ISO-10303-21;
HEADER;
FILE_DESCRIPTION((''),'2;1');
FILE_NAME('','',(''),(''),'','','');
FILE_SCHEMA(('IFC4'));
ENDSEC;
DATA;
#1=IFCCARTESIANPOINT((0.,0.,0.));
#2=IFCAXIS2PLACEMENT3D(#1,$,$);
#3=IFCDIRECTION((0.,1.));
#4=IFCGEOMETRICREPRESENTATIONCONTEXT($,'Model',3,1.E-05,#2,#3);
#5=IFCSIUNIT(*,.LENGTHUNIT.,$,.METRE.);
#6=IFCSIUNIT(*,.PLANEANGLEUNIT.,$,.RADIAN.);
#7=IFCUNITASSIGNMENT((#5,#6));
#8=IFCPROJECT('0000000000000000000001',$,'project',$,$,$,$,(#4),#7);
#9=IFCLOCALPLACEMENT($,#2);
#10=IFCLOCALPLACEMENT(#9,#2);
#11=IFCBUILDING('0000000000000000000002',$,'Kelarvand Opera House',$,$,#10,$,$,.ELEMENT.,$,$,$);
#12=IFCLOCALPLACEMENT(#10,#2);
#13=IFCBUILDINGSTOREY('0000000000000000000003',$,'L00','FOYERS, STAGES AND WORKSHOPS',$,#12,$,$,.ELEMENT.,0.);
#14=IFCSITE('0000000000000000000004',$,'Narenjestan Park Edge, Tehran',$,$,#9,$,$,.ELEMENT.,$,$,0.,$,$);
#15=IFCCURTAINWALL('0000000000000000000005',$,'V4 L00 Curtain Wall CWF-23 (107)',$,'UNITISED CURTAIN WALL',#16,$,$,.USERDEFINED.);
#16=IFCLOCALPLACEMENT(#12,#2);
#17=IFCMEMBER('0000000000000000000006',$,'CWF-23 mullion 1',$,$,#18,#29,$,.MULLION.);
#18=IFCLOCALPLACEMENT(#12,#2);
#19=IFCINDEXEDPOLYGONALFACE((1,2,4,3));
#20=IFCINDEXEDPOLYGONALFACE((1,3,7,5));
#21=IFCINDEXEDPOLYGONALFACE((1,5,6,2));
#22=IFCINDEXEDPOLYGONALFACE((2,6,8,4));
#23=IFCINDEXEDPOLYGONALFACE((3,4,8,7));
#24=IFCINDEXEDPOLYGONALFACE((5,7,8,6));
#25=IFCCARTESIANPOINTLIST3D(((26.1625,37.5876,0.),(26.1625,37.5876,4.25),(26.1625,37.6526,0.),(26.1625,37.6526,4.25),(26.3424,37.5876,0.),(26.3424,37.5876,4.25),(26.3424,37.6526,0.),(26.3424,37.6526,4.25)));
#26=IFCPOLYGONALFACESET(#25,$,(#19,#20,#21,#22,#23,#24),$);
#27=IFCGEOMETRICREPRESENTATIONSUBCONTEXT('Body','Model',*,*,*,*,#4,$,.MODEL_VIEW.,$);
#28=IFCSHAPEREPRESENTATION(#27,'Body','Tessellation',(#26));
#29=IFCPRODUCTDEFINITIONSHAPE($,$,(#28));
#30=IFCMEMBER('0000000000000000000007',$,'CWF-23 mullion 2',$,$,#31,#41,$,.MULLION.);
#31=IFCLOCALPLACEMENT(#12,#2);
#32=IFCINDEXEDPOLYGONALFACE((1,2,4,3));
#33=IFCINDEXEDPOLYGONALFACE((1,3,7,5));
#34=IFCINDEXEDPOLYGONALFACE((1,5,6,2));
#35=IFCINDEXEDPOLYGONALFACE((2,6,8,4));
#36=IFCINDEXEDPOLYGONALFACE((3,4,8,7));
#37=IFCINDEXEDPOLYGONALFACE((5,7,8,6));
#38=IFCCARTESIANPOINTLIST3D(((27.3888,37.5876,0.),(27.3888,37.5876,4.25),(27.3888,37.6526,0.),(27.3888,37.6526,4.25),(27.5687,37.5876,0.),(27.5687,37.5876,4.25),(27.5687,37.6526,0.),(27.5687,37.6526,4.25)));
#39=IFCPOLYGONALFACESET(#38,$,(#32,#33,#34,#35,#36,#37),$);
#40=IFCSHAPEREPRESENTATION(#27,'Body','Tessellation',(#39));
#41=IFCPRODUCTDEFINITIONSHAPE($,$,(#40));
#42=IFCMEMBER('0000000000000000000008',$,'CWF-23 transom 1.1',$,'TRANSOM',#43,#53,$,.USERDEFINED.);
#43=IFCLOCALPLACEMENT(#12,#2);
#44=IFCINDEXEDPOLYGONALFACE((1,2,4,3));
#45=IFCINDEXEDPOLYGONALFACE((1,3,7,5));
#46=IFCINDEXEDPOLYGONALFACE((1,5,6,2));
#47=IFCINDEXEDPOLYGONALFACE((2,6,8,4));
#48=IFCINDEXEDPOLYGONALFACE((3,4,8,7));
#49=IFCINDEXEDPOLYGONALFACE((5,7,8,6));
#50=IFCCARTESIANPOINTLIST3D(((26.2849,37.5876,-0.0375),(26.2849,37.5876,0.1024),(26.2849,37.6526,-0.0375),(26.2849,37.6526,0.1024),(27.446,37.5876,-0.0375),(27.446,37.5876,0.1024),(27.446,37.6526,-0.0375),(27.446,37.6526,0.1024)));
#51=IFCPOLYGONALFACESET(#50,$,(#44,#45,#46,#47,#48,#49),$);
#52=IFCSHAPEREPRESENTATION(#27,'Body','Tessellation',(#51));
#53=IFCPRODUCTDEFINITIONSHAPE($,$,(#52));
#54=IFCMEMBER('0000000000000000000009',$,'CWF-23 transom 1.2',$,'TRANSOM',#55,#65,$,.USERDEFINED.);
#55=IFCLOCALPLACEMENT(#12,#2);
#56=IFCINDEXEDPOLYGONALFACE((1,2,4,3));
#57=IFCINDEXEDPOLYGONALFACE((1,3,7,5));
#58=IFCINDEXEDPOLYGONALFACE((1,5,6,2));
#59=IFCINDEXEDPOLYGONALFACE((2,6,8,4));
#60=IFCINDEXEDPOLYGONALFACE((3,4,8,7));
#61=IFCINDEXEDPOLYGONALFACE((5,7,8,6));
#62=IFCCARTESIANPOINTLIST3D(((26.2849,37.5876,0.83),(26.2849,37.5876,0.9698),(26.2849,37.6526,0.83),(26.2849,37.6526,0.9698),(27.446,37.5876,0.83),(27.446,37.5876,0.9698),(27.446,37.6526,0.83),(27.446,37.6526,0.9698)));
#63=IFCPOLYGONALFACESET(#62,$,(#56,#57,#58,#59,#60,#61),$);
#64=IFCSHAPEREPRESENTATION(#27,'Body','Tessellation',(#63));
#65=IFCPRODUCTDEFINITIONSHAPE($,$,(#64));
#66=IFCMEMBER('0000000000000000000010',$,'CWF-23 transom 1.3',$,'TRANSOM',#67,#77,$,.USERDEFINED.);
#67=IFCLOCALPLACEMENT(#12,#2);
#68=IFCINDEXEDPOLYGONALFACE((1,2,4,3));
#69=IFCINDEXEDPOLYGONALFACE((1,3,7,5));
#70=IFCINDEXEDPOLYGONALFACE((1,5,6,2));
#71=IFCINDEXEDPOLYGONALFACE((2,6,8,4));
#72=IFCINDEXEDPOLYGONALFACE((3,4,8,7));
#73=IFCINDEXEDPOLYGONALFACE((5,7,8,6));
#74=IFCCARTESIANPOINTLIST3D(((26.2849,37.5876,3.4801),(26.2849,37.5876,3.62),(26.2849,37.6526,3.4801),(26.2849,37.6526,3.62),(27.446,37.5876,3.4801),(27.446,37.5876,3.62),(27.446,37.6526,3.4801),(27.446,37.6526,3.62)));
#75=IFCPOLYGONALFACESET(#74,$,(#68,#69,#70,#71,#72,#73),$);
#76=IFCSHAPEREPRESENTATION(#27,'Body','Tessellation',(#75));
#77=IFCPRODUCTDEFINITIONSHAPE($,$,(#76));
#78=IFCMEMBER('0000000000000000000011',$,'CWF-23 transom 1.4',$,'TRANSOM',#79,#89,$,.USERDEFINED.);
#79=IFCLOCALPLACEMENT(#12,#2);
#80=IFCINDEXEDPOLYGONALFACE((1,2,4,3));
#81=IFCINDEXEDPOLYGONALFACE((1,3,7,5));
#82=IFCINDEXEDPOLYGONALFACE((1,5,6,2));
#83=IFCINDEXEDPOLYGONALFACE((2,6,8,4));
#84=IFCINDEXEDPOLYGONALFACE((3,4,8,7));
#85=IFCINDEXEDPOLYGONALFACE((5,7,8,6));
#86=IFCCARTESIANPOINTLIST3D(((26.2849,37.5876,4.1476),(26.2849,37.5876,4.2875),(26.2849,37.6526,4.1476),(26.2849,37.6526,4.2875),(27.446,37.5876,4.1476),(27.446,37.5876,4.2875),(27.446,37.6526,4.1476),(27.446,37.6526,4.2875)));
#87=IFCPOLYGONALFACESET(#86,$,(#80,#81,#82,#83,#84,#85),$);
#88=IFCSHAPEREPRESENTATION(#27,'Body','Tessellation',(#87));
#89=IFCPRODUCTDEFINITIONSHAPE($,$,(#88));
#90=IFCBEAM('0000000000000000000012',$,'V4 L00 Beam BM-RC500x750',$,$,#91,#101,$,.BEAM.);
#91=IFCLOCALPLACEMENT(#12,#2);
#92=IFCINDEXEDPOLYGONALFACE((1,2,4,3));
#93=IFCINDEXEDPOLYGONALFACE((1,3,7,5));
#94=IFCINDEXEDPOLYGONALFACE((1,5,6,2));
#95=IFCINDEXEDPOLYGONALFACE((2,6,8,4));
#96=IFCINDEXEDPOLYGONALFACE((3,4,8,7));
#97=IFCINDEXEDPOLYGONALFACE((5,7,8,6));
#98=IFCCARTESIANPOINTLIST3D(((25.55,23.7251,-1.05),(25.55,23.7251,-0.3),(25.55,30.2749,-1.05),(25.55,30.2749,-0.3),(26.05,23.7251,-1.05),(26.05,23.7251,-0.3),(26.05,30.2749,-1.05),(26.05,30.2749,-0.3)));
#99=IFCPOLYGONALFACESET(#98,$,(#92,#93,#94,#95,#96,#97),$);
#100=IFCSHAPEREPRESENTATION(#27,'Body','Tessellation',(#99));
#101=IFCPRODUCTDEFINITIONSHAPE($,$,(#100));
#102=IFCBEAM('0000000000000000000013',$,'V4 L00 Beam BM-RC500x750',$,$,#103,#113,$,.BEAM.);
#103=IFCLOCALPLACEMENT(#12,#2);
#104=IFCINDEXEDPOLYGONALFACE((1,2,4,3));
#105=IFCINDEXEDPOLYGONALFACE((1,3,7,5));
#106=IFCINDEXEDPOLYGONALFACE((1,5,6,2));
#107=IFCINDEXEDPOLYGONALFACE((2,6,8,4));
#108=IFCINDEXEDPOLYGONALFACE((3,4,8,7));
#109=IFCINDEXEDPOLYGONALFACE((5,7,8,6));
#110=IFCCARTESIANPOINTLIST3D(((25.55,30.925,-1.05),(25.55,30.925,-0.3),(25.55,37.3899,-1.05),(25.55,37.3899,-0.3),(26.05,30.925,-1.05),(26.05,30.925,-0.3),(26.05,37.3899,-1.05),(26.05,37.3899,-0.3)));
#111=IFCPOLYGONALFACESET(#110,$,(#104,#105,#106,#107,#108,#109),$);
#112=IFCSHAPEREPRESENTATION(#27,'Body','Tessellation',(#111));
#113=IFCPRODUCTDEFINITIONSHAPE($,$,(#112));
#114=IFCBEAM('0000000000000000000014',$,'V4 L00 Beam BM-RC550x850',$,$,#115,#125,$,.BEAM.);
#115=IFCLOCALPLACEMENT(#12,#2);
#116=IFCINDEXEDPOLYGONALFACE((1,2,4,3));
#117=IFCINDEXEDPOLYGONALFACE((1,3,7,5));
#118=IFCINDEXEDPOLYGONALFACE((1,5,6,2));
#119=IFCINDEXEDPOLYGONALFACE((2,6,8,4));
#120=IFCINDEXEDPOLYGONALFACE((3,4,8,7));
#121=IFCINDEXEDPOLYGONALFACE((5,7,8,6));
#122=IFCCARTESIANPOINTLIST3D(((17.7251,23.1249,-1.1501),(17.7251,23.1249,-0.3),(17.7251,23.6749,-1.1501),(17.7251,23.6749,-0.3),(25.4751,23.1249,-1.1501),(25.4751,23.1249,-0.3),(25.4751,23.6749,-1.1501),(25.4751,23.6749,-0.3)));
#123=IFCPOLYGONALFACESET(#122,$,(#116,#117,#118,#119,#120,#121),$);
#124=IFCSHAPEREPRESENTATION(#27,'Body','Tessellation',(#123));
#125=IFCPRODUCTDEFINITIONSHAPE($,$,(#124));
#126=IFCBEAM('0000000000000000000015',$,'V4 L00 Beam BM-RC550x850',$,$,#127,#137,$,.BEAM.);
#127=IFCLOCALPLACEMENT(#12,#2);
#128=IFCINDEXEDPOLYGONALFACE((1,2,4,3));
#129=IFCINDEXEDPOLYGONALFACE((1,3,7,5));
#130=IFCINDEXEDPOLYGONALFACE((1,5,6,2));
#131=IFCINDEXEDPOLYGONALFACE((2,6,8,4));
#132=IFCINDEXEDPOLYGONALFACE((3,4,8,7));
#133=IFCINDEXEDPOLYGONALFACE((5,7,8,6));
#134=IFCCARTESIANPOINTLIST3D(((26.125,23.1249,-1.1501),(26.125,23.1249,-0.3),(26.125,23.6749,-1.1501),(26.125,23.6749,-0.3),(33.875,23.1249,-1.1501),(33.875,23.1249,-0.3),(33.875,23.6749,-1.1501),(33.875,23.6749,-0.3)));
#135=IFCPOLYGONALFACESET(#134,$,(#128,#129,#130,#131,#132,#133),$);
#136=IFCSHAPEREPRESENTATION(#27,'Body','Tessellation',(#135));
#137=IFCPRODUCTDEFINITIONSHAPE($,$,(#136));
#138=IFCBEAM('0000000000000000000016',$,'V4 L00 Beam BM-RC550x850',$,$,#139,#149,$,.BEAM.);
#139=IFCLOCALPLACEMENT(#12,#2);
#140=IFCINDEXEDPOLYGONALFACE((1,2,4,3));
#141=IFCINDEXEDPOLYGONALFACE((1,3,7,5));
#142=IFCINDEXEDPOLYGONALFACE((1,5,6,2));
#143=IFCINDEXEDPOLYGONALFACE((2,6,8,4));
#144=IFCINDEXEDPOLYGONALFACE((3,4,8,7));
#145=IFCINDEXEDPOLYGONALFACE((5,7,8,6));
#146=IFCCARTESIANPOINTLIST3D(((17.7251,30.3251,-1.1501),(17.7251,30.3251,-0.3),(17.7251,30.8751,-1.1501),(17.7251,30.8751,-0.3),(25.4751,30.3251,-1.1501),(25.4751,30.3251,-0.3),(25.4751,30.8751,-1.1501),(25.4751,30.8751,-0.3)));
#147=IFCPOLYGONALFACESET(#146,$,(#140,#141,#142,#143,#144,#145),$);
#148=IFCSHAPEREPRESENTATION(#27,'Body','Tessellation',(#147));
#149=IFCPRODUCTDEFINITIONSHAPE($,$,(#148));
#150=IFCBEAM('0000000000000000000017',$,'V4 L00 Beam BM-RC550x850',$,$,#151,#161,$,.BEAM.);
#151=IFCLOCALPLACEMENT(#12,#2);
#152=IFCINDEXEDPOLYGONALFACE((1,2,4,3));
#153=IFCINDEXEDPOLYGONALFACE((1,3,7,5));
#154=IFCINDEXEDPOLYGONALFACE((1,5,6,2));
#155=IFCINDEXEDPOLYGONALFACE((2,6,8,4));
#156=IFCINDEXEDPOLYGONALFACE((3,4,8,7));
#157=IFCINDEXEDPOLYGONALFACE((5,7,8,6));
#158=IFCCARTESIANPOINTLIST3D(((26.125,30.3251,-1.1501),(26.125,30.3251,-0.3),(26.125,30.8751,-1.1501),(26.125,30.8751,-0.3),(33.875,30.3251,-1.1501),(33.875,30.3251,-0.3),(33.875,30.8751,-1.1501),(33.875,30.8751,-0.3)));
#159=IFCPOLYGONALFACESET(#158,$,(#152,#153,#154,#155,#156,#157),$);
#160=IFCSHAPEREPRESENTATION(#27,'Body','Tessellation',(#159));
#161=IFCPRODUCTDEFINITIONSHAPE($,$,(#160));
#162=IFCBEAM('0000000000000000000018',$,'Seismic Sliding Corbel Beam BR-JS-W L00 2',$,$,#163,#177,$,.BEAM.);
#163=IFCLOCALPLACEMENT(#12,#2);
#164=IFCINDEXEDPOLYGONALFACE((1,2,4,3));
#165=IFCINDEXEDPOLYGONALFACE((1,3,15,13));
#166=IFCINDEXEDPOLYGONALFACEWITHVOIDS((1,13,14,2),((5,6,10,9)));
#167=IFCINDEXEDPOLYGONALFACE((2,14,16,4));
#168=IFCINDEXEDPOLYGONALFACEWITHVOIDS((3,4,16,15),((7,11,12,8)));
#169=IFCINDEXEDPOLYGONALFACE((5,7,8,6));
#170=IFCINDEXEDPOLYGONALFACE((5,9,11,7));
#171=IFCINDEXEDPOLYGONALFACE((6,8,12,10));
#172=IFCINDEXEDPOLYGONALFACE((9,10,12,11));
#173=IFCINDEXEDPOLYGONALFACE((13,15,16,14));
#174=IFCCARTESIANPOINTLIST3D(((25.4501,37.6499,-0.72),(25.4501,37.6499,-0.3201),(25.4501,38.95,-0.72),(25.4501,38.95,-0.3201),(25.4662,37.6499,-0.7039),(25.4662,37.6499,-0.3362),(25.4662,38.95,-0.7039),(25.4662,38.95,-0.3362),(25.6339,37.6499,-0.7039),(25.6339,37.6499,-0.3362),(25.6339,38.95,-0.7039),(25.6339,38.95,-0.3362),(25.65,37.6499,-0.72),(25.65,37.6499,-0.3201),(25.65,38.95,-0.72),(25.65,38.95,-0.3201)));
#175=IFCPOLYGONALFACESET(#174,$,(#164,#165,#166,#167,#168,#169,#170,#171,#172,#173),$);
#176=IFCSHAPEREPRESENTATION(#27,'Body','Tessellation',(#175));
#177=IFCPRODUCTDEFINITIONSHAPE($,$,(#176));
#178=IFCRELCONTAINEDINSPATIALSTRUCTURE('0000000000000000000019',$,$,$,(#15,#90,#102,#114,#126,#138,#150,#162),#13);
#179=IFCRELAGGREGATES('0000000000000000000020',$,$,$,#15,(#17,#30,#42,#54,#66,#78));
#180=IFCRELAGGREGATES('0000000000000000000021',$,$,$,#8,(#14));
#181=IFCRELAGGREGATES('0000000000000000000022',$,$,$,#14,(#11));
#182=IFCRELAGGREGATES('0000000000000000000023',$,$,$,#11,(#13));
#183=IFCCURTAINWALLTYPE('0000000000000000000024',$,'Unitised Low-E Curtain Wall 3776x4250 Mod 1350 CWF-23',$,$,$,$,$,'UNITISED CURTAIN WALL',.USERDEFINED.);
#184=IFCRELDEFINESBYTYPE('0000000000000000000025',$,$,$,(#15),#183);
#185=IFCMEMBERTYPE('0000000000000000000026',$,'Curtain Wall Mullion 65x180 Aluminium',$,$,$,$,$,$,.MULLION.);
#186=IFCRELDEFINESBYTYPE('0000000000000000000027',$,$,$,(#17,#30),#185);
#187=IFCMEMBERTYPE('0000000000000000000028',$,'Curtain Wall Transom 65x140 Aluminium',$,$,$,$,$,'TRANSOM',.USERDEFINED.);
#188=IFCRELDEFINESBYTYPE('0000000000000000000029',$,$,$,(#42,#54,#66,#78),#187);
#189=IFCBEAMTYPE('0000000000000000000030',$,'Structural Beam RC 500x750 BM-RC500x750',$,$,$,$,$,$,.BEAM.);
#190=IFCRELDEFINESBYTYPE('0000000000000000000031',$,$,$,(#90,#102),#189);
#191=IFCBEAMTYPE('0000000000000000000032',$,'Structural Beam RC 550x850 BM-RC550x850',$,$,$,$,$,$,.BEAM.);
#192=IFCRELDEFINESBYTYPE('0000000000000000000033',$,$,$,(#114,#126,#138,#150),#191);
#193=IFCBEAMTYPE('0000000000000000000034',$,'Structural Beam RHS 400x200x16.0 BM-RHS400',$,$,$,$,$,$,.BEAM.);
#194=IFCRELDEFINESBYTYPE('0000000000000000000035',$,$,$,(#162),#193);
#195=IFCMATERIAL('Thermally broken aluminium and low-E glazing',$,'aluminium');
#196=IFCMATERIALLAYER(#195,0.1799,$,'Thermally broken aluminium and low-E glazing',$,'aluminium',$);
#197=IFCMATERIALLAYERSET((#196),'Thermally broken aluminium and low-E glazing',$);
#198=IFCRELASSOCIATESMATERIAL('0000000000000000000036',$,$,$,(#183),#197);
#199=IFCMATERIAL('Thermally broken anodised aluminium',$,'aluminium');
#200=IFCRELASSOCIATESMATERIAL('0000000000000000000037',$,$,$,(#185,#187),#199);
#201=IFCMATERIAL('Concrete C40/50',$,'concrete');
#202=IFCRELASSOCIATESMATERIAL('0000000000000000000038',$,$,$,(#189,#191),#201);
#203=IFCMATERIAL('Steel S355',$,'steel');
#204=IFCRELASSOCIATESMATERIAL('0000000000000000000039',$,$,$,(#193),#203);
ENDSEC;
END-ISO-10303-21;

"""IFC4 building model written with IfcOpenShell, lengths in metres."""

from ifc_helpers import new_model, si_unit, direction, frame, origin, origin_2d, place, context, subcontext, project, spatial, rectangle, hollow_rectangle, extrude, material, layer, layer_set, material_profile, profile_set, type_object, element, aggregate, save


model = new_model("IFC4")

# Units and contexts
model_context = context("Model", 3, precision=1e-05, world=origin(), true_north=direction((0.0, 1.0)))
body_context = subcontext(model_context, "Body", "Model", "MODEL_VIEW")
ifc_project = project(units=[si_unit("LENGTHUNIT", "METRE"), si_unit("PLANEANGLEUNIT", "RADIAN")], contexts=[model_context])

# Site, building, storey
site_placement = place(None, origin())
site = spatial("IfcSite", under=ifc_project, at=site_placement, Name="Narenjestan Park Edge, Tehran", CompositionType="ELEMENT", RefElevation=0.0)
building_placement = place(site_placement, origin())
building = spatial("IfcBuilding", under=site, at=building_placement, Name="Kelarvand Opera House", CompositionType="ELEMENT")
storey_placement = place(building_placement, origin())
storey = spatial("IfcBuildingStorey", under=building, at=storey_placement, Name="L00", Description="FOYERS, STAGES AND WORKSHOPS", CompositionType="ELEMENT", Elevation=0.0)

# Curtain wall, members
ifc_material_1 = material(Name="Thermally broken aluminium and low-E glazing", Category="aluminium")
ifc_layer_1 = layer(ifc_material_1, 0.1799, Name="Thermally broken aluminium and low-E glazing", Category="aluminium")
ifc_layer_set_1 = layer_set([ifc_layer_1], Name="Thermally broken aluminium and low-E glazing")
curtain_wall_type = type_object("IfcCurtainWallType", Name="Unitised Low-E Curtain Wall 3776x4250 Mod 1350 CWF-23", ElementType="UNITISED CURTAIN WALL", PredefinedType="USERDEFINED", material=ifc_layer_set_1)
curtain_wall_placement = place(storey_placement, origin())
curtain_wall = element("IfcCurtainWall", 1, at=curtain_wall_placement, inside=storey, type_object=curtain_wall_type, Name="V4 L00 Curtain Wall CWF-23 (107)", ObjectType="UNITISED CURTAIN WALL", PredefinedType="USERDEFINED")
ifc_material_2 = material(Name="Thermally broken anodised aluminium", Category="aluminium")
ifc_material_profile_1 = material_profile(ifc_material_2, rectangle(XDim=0.0649, YDim=0.1799, at=origin_2d()), Name="ALU MULLION 65x180", Category="aluminium")
ifc_profile_set_1 = profile_set([ifc_material_profile_1], Name="Thermally broken anodised aluminium")
member_type_1 = type_object("IfcMemberType", Name="Curtain Wall Mullion 65x180 Aluminium", PredefinedType="MULLION", material=ifc_profile_set_1)
member_1_placement = place(storey_placement, frame((26.2524, 37.6201, 0.0), z_axis=(0.0, 0.0, 1.0), x_axis=(0.0, 1.0, 0.0)))
member_1 = element("IfcMember", 2, at=member_1_placement, type_object=member_type_1, Name="CWF-23 mullion 1", PredefinedType="MULLION", context=body_context, shape_type="SweptSolid", body=[
    extrude(rectangle(XDim=0.0649, YDim=0.1799, at=origin_2d()), origin(), (0.0, 0.0, 1.0), 4.25),
])
member_2_placement = place(storey_placement, frame((27.4788, 37.6201, 0.0), z_axis=(0.0, 0.0, 1.0), x_axis=(0.0, 1.0, 0.0)))
member_2 = element("IfcMember", 3, at=member_2_placement, type_object=member_type_1, Name="CWF-23 mullion 2", PredefinedType="MULLION", context=body_context, shape_type="SweptSolid", body=[
    extrude(rectangle(XDim=0.0649, YDim=0.1799, at=origin_2d()), origin(), (0.0, 0.0, 1.0), 4.25),
])
ifc_material_profile_2 = material_profile(ifc_material_2, rectangle(XDim=0.0649, YDim=0.1399, at=origin_2d()), Name="ALU TRANSOM 65x140", Category="aluminium")
ifc_profile_set_2 = profile_set([ifc_material_profile_2], Name="Thermally broken anodised aluminium")
member_type_2 = type_object("IfcMemberType", Name="Curtain Wall Transom 65x140 Aluminium", ElementType="TRANSOM", PredefinedType="USERDEFINED", material=ifc_profile_set_2)
member_3_placement = place(storey_placement, frame((26.2849, 37.6201, 0.0325), z_axis=(1.0, 0.0, 0.0), x_axis=(0.0, 1.0, 0.0)))
member_3 = element("IfcMember", 4, at=member_3_placement, type_object=member_type_2, Name="CWF-23 transom 1.1", ObjectType="TRANSOM", PredefinedType="USERDEFINED", context=body_context, shape_type="SweptSolid", body=[
    extrude(rectangle(XDim=0.0649, YDim=0.1399, at=origin_2d()), origin(), (0.0, 0.0, 1.0), 1.1611),
])
member_4_placement = place(storey_placement, frame((26.2849, 37.6201, 0.8999), z_axis=(1.0, 0.0, 0.0), x_axis=(0.0, 1.0, 0.0)))
member_4 = element("IfcMember", 5, at=member_4_placement, type_object=member_type_2, Name="CWF-23 transom 1.2", ObjectType="TRANSOM", PredefinedType="USERDEFINED", context=body_context, shape_type="SweptSolid", body=[
    extrude(rectangle(XDim=0.0649, YDim=0.1399, at=origin_2d()), origin(), (0.0, 0.0, 1.0), 1.1611),
])
member_5_placement = place(storey_placement, frame((26.2849, 37.6201, 3.55), z_axis=(1.0, 0.0, 0.0), x_axis=(0.0, 1.0, 0.0)))
member_5 = element("IfcMember", 6, at=member_5_placement, type_object=member_type_2, Name="CWF-23 transom 1.3", ObjectType="TRANSOM", PredefinedType="USERDEFINED", context=body_context, shape_type="SweptSolid", body=[
    extrude(rectangle(XDim=0.0649, YDim=0.1399, at=origin_2d()), origin(), (0.0, 0.0, 1.0), 1.1611),
])
member_6_placement = place(storey_placement, frame((26.2849, 37.6201, 4.2175), z_axis=(1.0, 0.0, 0.0), x_axis=(0.0, 1.0, 0.0)))
member_6 = element("IfcMember", 7, at=member_6_placement, type_object=member_type_2, Name="CWF-23 transom 1.4", ObjectType="TRANSOM", PredefinedType="USERDEFINED", context=body_context, shape_type="SweptSolid", body=[
    extrude(rectangle(XDim=0.0649, YDim=0.1399, at=origin_2d()), origin(), (0.0, 0.0, 1.0), 1.1611),
])

# Beams
ifc_material_3 = material(Name="Concrete C40/50", Category="concrete")
ifc_material_profile_3 = material_profile(ifc_material_3, rectangle(XDim=0.5, YDim=0.75, at=origin_2d()), Name="RC 500x750", Category="concrete")
ifc_profile_set_3 = profile_set([ifc_material_profile_3], Name="Concrete C40/50")
beam_type_1 = type_object("IfcBeamType", Name="Structural Beam RC 500x750 BM-RC500x750", PredefinedType="BEAM", material=ifc_profile_set_3)
beam_1_placement = place(storey_placement, frame((25.8, 23.7251, -0.675), z_axis=(0.0, 1.0, 0.0), x_axis=(-1.0, 0.0, 0.0)))
element("IfcBeam", 8, at=beam_1_placement, inside=storey, type_object=beam_type_1, Name="V4 L00 Beam BM-RC500x750", PredefinedType="BEAM", context=body_context, shape_type="SweptSolid", body=[
    extrude(rectangle(XDim=0.5, YDim=0.75, at=origin_2d()), origin(), (0.0, 0.0, 1.0), 6.5498),
])
beam_2_placement = place(storey_placement, frame((25.8, 30.925, -0.675), z_axis=(0.0, 1.0, 0.0), x_axis=(-1.0, 0.0, 0.0)))
element("IfcBeam", 9, at=beam_2_placement, inside=storey, type_object=beam_type_1, Name="V4 L00 Beam BM-RC500x750", PredefinedType="BEAM", context=body_context, shape_type="SweptSolid", body=[
    extrude(rectangle(XDim=0.5, YDim=0.75, at=origin_2d()), origin(), (0.0, 0.0, 1.0), 6.4648),
])
ifc_material_profile_4 = material_profile(ifc_material_3, rectangle(XDim=0.55, YDim=0.8501, at=origin_2d()), Name="RC 550x850", Category="concrete")
ifc_profile_set_4 = profile_set([ifc_material_profile_4], Name="Concrete C40/50")
beam_type_2 = type_object("IfcBeamType", Name="Structural Beam RC 550x850 BM-RC550x850", PredefinedType="BEAM", material=ifc_profile_set_4)
for number, where, z_axis, x_axis, name in (
    (10, (17.7251, 23.3999, -0.7251), (1.0, 0.0, 0.0), (0.0, 1.0, 0.0), "V4 L00 Beam BM-RC550x850"),
    (11, (26.125, 23.3999, -0.7251), (1.0, 0.0, 0.0), (0.0, 1.0, 0.0), "V4 L00 Beam BM-RC550x850"),
    (12, (17.7251, 30.6001, -0.7251), (1.0, 0.0, 0.0), (0.0, 1.0, 0.0), "V4 L00 Beam BM-RC550x850"),
    (13, (26.125, 30.6001, -0.7251), (1.0, 0.0, 0.0), (0.0, 1.0, 0.0), "V4 L00 Beam BM-RC550x850"),
):
    element("IfcBeam", number, at=place(storey_placement, frame(where, z_axis=z_axis, x_axis=x_axis)), inside=storey, type_object=beam_type_2, Name=name, PredefinedType="BEAM", context=body_context, shape_type="SweptSolid", body=[
        extrude(rectangle(XDim=0.55, YDim=0.8501, at=origin_2d()), origin(), (0.0, 0.0, 1.0), 7.75),
    ])
ifc_material_4 = material(Name="Steel S355", Category="steel")
ifc_material_profile_5 = material_profile(ifc_material_4, hollow_rectangle(XDim=0.2, YDim=0.3999, WallThickness=0.0161, at=origin_2d()), Name="RHS 400x200x16.0", Category="steel")
ifc_profile_set_5 = profile_set([ifc_material_profile_5], Name="Steel S355")
beam_type_3 = type_object("IfcBeamType", Name="Structural Beam RHS 400x200x16.0 BM-RHS400", PredefinedType="BEAM", material=ifc_profile_set_5)
beam_3_placement = place(storey_placement, frame((25.55, 37.6499, -0.52), z_axis=(0.0, 1.0, 0.0), x_axis=(-1.0, 0.0, 0.0)))
element("IfcBeam", 14, at=beam_3_placement, inside=storey, type_object=beam_type_3, Name="Seismic Sliding Corbel Beam BR-JS-W L00 2", PredefinedType="BEAM", context=body_context, shape_type="SweptSolid", body=[
    extrude(hollow_rectangle(XDim=0.2, YDim=0.3999, WallThickness=0.0161, at=origin_2d()), origin(), (0.0, 0.0, 1.0), 1.3),
])

aggregate(curtain_wall, [member_1, member_2, member_3, member_4, member_5, member_6])

save(model, "model.ifc")
